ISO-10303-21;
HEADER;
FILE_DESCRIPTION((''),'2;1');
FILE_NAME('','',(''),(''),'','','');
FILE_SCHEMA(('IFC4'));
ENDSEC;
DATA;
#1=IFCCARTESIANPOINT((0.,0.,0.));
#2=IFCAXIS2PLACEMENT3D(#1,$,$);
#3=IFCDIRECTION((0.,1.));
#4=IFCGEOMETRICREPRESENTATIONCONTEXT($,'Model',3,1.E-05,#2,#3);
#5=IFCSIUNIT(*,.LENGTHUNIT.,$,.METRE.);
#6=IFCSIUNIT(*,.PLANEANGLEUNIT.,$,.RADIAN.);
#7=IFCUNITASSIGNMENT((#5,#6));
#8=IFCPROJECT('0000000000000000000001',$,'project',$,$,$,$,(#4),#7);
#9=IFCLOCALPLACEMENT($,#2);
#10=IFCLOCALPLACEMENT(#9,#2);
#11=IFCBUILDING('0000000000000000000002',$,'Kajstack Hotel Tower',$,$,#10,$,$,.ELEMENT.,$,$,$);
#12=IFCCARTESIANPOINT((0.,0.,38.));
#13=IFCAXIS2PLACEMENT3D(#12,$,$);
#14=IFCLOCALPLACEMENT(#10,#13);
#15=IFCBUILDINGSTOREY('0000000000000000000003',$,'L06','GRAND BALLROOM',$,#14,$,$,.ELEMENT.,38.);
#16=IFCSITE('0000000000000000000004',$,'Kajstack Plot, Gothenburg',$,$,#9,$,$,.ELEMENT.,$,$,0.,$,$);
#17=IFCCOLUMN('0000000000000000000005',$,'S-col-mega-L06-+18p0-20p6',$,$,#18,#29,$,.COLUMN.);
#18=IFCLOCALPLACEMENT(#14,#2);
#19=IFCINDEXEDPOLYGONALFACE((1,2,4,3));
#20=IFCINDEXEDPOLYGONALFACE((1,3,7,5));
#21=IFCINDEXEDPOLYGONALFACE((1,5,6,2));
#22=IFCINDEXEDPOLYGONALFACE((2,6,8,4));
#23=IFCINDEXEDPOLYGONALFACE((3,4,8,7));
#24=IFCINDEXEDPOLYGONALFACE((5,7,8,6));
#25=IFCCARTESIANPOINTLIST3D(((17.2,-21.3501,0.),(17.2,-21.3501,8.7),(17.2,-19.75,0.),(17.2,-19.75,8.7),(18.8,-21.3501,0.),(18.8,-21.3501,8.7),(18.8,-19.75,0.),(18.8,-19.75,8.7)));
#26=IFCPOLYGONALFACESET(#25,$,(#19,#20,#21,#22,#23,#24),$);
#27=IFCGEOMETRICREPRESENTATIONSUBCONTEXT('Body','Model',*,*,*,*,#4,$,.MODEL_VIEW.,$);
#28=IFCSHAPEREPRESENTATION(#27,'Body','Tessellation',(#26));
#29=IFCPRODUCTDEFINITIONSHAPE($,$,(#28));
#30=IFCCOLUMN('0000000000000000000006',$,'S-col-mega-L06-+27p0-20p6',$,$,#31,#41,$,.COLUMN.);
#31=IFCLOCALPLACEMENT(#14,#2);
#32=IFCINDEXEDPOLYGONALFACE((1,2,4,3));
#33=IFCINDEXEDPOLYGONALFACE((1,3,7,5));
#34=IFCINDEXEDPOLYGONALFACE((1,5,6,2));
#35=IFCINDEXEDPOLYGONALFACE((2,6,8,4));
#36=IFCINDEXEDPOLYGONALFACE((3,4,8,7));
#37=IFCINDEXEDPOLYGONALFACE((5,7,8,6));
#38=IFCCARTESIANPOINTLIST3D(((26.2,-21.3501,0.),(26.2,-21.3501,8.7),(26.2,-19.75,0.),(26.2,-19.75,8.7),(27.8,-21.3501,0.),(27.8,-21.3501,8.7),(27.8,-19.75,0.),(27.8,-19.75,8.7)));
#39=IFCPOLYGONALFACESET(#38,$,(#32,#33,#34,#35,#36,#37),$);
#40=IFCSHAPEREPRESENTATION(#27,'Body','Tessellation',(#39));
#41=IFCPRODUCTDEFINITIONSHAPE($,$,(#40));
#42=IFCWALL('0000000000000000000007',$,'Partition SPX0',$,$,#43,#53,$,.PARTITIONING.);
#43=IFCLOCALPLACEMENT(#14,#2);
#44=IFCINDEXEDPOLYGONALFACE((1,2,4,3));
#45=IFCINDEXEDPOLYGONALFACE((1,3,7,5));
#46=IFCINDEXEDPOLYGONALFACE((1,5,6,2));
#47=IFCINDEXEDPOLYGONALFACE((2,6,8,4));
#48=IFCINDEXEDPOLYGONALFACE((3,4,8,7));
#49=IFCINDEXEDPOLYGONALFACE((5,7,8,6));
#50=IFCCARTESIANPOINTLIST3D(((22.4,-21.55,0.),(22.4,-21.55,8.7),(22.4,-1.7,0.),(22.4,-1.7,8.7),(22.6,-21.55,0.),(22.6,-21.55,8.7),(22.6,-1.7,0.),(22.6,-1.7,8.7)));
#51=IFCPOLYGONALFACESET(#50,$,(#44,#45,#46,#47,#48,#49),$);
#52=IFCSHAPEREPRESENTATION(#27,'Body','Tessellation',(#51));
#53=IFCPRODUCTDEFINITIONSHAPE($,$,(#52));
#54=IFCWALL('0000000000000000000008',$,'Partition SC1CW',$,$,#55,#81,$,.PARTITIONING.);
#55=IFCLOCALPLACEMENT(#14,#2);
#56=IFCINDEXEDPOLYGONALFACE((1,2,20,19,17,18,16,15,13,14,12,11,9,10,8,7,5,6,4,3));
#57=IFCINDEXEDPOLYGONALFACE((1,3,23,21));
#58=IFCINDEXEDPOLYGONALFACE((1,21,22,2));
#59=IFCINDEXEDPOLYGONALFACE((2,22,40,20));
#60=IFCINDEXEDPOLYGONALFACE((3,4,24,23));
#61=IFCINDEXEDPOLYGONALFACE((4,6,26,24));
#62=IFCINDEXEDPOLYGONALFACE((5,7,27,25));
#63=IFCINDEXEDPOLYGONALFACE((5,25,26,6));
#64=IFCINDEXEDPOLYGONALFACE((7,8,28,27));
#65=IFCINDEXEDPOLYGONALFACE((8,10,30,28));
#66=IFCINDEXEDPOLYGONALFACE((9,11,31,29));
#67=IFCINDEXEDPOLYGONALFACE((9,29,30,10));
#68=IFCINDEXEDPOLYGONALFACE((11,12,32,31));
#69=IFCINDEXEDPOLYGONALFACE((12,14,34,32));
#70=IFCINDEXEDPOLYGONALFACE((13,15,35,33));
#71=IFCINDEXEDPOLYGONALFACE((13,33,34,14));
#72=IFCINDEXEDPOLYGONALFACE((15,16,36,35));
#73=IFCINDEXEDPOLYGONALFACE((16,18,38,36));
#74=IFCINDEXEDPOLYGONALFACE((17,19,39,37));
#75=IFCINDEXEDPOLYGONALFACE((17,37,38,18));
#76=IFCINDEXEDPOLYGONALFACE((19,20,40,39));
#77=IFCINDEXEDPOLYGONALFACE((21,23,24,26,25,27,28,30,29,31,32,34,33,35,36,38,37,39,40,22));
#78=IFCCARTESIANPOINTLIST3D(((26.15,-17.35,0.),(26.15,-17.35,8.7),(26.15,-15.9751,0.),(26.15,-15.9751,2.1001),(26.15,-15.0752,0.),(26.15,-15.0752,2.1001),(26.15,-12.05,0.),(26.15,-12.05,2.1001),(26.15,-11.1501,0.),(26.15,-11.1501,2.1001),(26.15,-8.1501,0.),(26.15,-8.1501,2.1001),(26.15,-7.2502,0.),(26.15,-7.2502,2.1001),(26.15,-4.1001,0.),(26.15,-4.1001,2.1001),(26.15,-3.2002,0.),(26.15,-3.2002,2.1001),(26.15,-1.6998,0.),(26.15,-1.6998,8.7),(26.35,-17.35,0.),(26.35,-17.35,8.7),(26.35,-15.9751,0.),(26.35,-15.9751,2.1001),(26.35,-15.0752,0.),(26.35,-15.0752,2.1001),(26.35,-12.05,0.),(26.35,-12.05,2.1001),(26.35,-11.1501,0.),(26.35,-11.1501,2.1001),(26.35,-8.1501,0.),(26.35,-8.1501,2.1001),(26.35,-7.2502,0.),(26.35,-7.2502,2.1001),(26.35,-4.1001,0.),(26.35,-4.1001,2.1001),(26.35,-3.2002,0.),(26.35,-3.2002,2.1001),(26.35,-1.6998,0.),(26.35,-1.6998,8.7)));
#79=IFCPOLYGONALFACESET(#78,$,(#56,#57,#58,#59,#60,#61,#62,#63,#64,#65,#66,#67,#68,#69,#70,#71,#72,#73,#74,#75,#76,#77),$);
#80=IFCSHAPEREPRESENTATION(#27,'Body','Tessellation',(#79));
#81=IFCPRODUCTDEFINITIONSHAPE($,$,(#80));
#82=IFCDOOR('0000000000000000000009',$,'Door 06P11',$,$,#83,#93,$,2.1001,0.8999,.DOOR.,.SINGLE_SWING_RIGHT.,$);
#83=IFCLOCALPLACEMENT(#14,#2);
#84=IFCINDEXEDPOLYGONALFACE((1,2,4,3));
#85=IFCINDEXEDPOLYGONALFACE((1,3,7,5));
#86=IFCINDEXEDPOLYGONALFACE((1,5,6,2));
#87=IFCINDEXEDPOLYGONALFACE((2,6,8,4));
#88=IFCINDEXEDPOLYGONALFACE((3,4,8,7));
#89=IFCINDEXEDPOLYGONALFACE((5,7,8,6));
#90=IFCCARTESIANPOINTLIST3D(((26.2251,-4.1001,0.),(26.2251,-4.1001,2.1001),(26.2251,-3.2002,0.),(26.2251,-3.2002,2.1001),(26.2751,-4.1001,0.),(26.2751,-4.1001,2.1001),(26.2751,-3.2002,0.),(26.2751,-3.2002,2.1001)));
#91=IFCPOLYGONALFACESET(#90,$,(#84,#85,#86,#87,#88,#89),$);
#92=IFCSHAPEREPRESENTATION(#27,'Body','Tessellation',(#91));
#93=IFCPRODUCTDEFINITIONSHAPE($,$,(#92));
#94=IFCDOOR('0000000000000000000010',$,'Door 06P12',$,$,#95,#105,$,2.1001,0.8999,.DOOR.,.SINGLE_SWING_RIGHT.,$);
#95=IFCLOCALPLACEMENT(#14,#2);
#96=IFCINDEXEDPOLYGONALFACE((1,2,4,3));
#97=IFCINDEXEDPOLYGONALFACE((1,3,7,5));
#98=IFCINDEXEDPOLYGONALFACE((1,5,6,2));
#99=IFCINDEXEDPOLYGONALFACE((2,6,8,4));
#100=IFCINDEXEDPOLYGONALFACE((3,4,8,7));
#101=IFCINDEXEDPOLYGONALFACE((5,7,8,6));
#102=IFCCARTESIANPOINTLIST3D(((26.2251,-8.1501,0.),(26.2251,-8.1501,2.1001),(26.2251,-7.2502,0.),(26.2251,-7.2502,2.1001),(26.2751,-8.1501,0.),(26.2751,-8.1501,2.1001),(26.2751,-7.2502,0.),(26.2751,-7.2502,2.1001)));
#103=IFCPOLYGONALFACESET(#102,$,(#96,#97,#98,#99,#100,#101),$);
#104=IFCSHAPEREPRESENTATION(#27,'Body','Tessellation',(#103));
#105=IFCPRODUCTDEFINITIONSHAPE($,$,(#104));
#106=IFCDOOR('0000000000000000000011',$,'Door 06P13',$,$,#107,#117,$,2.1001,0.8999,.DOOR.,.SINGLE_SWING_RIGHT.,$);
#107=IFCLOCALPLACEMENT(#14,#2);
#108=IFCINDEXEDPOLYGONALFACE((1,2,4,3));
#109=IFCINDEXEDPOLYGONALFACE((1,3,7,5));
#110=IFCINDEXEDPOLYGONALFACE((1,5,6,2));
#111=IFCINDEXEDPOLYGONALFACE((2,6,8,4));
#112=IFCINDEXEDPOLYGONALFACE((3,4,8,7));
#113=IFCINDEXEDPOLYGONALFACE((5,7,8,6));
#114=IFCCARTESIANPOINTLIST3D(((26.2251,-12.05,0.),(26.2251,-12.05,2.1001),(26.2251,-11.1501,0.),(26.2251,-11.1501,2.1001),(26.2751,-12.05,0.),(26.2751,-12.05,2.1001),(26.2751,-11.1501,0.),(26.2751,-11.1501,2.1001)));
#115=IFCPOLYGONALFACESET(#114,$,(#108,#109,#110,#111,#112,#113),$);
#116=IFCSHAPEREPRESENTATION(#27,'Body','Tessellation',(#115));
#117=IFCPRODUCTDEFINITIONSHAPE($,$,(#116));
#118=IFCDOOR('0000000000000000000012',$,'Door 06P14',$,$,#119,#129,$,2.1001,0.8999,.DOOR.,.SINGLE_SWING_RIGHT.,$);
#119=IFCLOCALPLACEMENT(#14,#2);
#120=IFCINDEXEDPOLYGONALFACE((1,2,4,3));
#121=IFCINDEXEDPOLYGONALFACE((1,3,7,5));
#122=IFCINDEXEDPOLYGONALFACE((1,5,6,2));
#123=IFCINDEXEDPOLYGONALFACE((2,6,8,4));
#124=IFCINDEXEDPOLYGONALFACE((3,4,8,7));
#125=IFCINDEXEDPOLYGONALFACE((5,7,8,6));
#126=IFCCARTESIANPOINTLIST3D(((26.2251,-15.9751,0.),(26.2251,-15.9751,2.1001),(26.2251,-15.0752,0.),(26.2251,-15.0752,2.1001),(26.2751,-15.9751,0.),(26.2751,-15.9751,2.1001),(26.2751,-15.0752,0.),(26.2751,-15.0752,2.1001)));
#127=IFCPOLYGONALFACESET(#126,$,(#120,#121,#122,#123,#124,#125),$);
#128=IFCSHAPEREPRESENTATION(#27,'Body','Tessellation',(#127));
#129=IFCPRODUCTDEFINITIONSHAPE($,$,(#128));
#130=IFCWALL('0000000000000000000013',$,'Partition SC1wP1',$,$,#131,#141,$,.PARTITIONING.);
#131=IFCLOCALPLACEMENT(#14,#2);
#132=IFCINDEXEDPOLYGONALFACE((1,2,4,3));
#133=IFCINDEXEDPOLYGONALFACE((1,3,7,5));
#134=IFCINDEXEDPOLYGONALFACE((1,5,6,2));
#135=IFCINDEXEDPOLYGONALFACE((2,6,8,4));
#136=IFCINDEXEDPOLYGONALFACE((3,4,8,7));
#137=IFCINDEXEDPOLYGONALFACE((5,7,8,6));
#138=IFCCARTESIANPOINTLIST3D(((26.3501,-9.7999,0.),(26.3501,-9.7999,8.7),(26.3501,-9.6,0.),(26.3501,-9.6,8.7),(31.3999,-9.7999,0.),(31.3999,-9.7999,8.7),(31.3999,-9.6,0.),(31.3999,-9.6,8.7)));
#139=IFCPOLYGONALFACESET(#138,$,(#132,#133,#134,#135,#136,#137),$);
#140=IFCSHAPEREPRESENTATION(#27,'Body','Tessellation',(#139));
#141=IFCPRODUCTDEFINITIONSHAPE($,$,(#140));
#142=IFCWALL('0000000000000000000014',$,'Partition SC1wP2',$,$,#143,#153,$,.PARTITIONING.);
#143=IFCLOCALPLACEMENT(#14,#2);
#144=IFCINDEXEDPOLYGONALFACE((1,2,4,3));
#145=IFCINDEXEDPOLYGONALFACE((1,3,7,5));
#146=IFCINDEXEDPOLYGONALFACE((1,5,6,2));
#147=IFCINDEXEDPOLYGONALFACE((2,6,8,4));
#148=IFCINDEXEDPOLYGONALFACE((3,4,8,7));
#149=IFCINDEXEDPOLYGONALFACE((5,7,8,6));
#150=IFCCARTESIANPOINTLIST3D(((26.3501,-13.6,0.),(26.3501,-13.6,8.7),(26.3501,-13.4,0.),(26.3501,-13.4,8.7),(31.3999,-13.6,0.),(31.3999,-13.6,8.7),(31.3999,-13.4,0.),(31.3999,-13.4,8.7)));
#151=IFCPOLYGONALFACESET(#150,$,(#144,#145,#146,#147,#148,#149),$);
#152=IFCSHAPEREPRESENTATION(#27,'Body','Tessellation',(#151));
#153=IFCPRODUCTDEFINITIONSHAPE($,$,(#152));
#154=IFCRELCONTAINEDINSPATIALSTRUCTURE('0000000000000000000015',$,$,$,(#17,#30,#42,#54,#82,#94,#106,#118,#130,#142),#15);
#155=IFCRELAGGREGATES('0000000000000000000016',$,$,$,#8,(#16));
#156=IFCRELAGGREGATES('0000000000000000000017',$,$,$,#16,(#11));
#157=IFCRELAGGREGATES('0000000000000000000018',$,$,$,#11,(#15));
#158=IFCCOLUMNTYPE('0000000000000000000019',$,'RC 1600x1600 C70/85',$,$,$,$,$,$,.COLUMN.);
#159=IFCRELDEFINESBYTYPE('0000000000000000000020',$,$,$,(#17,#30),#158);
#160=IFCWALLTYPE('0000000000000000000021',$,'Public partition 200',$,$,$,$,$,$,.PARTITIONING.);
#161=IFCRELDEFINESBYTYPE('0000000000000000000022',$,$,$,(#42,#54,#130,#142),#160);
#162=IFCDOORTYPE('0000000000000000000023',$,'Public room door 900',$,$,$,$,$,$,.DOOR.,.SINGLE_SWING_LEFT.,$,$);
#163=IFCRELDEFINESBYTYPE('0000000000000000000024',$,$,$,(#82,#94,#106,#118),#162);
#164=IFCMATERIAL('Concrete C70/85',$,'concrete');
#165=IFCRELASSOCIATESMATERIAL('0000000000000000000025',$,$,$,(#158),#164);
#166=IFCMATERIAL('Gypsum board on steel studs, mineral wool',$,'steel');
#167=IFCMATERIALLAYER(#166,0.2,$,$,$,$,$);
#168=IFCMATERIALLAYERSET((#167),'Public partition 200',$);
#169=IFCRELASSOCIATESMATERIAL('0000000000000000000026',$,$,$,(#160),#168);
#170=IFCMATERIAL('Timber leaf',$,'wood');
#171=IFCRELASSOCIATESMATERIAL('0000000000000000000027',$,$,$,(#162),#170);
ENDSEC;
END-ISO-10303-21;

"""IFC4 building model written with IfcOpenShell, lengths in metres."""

from ifc_helpers import new_model, si_unit, direction, frame, frame_2d, origin, origin_2d, place, context, subcontext, project, spatial, rectangle, extrude, material, layer, layer_set, material_profile, profile_set, type_object, element, fill, save


model = new_model("IFC4")

# Units and contexts
model_context = context("Model", 3, precision=1e-05, world=origin(), true_north=direction((0.0, 1.0)))
body_context = subcontext(model_context, "Body", "Model", "MODEL_VIEW")
ifc_project = project(units=[si_unit("LENGTHUNIT", "METRE"), si_unit("PLANEANGLEUNIT", "RADIAN")], contexts=[model_context])

# Site, building, storey
site_placement = place(None, origin())
site = spatial("IfcSite", under=ifc_project, at=site_placement, Name="Kajstack Plot, Gothenburg", CompositionType="ELEMENT", RefElevation=0.0)
building_placement = place(site_placement, origin())
building = spatial("IfcBuilding", under=site, at=building_placement, Name="Kajstack Hotel Tower", CompositionType="ELEMENT")
storey_placement = place(building_placement, frame((0.0, 0.0, 38.0)))
storey = spatial("IfcBuildingStorey", under=building, at=storey_placement, Name="L06", Description="GRAND BALLROOM", CompositionType="ELEMENT", Elevation=38.0)

# Columns
ifc_material_1 = material(Name="Concrete C70/85", Category="concrete")
ifc_material_profile = material_profile(ifc_material_1, rectangle(XDim=1.6001, YDim=1.6001, at=origin_2d()), Name="RC 1600x1600")
ifc_profile_set = profile_set([ifc_material_profile], Name="Concrete C70/85")
column_type = type_object("IfcColumnType", Name="RC 1600x1600 C70/85", PredefinedType="COLUMN", material=ifc_profile_set)
for number, where, z_axis, x_axis, name in (
    (1, (18.0, -20.55, 0.0), (0.0, 0.0, 1.0), (1.0, 0.0, 0.0), "S-col-mega-L06-+18p0-20p6"),
    (2, (27.0, -20.55, 0.0), (0.0, 0.0, 1.0), (1.0, 0.0, 0.0), "S-col-mega-L06-+27p0-20p6"),
):
    element("IfcColumn", number, at=place(storey_placement, frame(where, z_axis=z_axis, x_axis=x_axis)), inside=storey, type_object=column_type, Name=name, PredefinedType="COLUMN", context=body_context, shape_type="SweptSolid", body=[
        extrude(rectangle(XDim=1.6001, YDim=1.6001, at=origin_2d()), origin(), (0.0, 0.0, 1.0), 8.7),
    ])

# Wall
ifc_material_2 = material(Name="Gypsum board on steel studs, mineral wool", Category="steel")
ifc_layer = layer(ifc_material_2, 0.2)
ifc_layer_set = layer_set([ifc_layer], Name="Public partition 200")
wall_type = type_object("IfcWallType", Name="Public partition 200", PredefinedType="PARTITIONING", material=ifc_layer_set)
wall_1_placement = place(storey_placement, frame((22.5, -21.55, 0.0), z_axis=(0.0, 0.0, 1.0), x_axis=(0.0, 1.0, 0.0)))
element("IfcWall", 3, at=wall_1_placement, inside=storey, type_object=wall_type, Name="Partition SPX0", PredefinedType="PARTITIONING", context=body_context, shape_type="SweptSolid", body=[
    extrude(rectangle(XDim=19.8501, YDim=0.2, at=frame_2d((9.925, 0.0))), origin(), (0.0, 0.0, 1.0), 8.7),
])

# Wall, openings, doors
wall_2_placement = place(storey_placement, frame((26.25, -17.3501, 0.0), z_axis=(0.0, 0.0, 1.0), x_axis=(0.0, 1.0, 0.0)))
wall_2 = element("IfcWall", 4, at=wall_2_placement, inside=storey, type_object=wall_type, Name="Partition SC1CW", PredefinedType="PARTITIONING", context=body_context, shape_type="SweptSolid", body=[
    extrude(rectangle(XDim=15.6501, YDim=0.2, at=frame_2d((7.8252, 0.0))), origin(), (0.0, 0.0, 1.0), 8.7),
])
opening_1_placement = place(wall_2_placement, frame((13.25, 0.0, 0.0)))
opening_1 = element("IfcOpeningElement", 5, at=opening_1_placement, cuts=wall_2, PredefinedType="OPENING", context=body_context, shape_type="SweptSolid", body=[
    extrude(rectangle(XDim=0.8999, YDim=2.1001, at=frame_2d((0.45, 1.05))), frame((0.0, 0.1099, 0.0), z_axis=(0.0, -1.0, 0.0), x_axis=(1.0, 0.0, 0.0)), (0.0, 0.0, 1.0), 0.22),
])
opening_2_placement = place(wall_2_placement, frame((9.2, 0.0, 0.0)))
opening_2 = element("IfcOpeningElement", 6, at=opening_2_placement, cuts=wall_2, PredefinedType="OPENING", context=body_context, shape_type="SweptSolid", body=[
    extrude(rectangle(XDim=0.8999, YDim=2.1001, at=frame_2d((0.45, 1.05))), frame((0.0, 0.1099, 0.0), z_axis=(0.0, -1.0, 0.0), x_axis=(1.0, 0.0, 0.0)), (0.0, 0.0, 1.0), 0.22),
])
opening_3_placement = place(wall_2_placement, frame((5.3, 0.0, 0.0)))
opening_3 = element("IfcOpeningElement", 7, at=opening_3_placement, cuts=wall_2, PredefinedType="OPENING", context=body_context, shape_type="SweptSolid", body=[
    extrude(rectangle(XDim=0.8999, YDim=2.1001, at=frame_2d((0.45, 1.05))), frame((0.0, 0.1099, 0.0), z_axis=(0.0, -1.0, 0.0), x_axis=(1.0, 0.0, 0.0)), (0.0, 0.0, 1.0), 0.22),
])
opening_4_placement = place(wall_2_placement, frame((1.375, 0.0, 0.0)))
opening_4 = element("IfcOpeningElement", 8, at=opening_4_placement, cuts=wall_2, PredefinedType="OPENING", context=body_context, shape_type="SweptSolid", body=[
    extrude(rectangle(XDim=0.8999, YDim=2.1001, at=frame_2d((0.45, 1.05))), frame((0.0, 0.1099, 0.0), z_axis=(0.0, -1.0, 0.0), x_axis=(1.0, 0.0, 0.0)), (0.0, 0.0, 1.0), 0.22),
])
ifc_material_3 = material(Name="Timber leaf", Category="wood")
door_type = type_object("IfcDoorType", Name="Public room door 900", OperationType="SINGLE_SWING_LEFT", PredefinedType="DOOR", material=ifc_material_3)
door_1_placement = place(opening_1_placement, origin())
door_1 = element("IfcDoor", 9, at=door_1_placement, inside=storey, type_object=door_type, Name="Door 06P11", OperationType="SINGLE_SWING_RIGHT", OverallHeight=2.1001, OverallWidth=0.8999, PredefinedType="DOOR", context=body_context, shape_type="SweptSolid", body=[
    extrude(rectangle(XDim=0.8999, YDim=2.1001, at=frame_2d((0.45, 1.05))), frame((0.0, 0.0249, 0.0), z_axis=(0.0, -1.0, 0.0), x_axis=(1.0, 0.0, 0.0)), (0.0, 0.0, 1.0), 0.05),
])
fill(opening_1, door_1)
door_2_placement = place(opening_2_placement, origin())
door_2 = element("IfcDoor", 10, at=door_2_placement, inside=storey, type_object=door_type, Name="Door 06P12", OperationType="SINGLE_SWING_RIGHT", OverallHeight=2.1001, OverallWidth=0.8999, PredefinedType="DOOR", context=body_context, shape_type="SweptSolid", body=[
    extrude(rectangle(XDim=0.8999, YDim=2.1001, at=frame_2d((0.45, 1.05))), frame((0.0, 0.0249, 0.0), z_axis=(0.0, -1.0, 0.0), x_axis=(1.0, 0.0, 0.0)), (0.0, 0.0, 1.0), 0.05),
])
fill(opening_2, door_2)
door_3_placement = place(opening_3_placement, origin())
door_3 = element("IfcDoor", 11, at=door_3_placement, inside=storey, type_object=door_type, Name="Door 06P13", OperationType="SINGLE_SWING_RIGHT", OverallHeight=2.1001, OverallWidth=0.8999, PredefinedType="DOOR", context=body_context, shape_type="SweptSolid", body=[
    extrude(rectangle(XDim=0.8999, YDim=2.1001, at=frame_2d((0.45, 1.05))), frame((0.0, 0.0249, 0.0), z_axis=(0.0, -1.0, 0.0), x_axis=(1.0, 0.0, 0.0)), (0.0, 0.0, 1.0), 0.05),
])
fill(opening_3, door_3)
door_4_placement = place(opening_4_placement, origin())
door_4 = element("IfcDoor", 12, at=door_4_placement, inside=storey, type_object=door_type, Name="Door 06P14", OperationType="SINGLE_SWING_RIGHT", OverallHeight=2.1001, OverallWidth=0.8999, PredefinedType="DOOR", context=body_context, shape_type="SweptSolid", body=[
    extrude(rectangle(XDim=0.8999, YDim=2.1001, at=frame_2d((0.45, 1.05))), frame((0.0, 0.0249, 0.0), z_axis=(0.0, -1.0, 0.0), x_axis=(1.0, 0.0, 0.0)), (0.0, 0.0, 1.0), 0.05),
])
fill(opening_4, door_4)

# Walls
for number, where, z_axis, x_axis, name in (
    (13, (26.3501, -9.7, 0.0), (0.0, 0.0, 1.0), (1.0, 0.0, 0.0), "Partition SC1wP1"),
    (14, (26.3501, -13.5, 0.0), (0.0, 0.0, 1.0), (1.0, 0.0, 0.0), "Partition SC1wP2"),
):
    element("IfcWall", number, at=place(storey_placement, frame(where, z_axis=z_axis, x_axis=x_axis)), inside=storey, type_object=wall_type, Name=name, PredefinedType="PARTITIONING", context=body_context, shape_type="SweptSolid", body=[
        extrude(rectangle(XDim=5.0498, YDim=0.2, at=frame_2d((2.5249, 0.0))), origin(), (0.0, 0.0, 1.0), 8.7),
    ])

save(model, "model.ifc")
